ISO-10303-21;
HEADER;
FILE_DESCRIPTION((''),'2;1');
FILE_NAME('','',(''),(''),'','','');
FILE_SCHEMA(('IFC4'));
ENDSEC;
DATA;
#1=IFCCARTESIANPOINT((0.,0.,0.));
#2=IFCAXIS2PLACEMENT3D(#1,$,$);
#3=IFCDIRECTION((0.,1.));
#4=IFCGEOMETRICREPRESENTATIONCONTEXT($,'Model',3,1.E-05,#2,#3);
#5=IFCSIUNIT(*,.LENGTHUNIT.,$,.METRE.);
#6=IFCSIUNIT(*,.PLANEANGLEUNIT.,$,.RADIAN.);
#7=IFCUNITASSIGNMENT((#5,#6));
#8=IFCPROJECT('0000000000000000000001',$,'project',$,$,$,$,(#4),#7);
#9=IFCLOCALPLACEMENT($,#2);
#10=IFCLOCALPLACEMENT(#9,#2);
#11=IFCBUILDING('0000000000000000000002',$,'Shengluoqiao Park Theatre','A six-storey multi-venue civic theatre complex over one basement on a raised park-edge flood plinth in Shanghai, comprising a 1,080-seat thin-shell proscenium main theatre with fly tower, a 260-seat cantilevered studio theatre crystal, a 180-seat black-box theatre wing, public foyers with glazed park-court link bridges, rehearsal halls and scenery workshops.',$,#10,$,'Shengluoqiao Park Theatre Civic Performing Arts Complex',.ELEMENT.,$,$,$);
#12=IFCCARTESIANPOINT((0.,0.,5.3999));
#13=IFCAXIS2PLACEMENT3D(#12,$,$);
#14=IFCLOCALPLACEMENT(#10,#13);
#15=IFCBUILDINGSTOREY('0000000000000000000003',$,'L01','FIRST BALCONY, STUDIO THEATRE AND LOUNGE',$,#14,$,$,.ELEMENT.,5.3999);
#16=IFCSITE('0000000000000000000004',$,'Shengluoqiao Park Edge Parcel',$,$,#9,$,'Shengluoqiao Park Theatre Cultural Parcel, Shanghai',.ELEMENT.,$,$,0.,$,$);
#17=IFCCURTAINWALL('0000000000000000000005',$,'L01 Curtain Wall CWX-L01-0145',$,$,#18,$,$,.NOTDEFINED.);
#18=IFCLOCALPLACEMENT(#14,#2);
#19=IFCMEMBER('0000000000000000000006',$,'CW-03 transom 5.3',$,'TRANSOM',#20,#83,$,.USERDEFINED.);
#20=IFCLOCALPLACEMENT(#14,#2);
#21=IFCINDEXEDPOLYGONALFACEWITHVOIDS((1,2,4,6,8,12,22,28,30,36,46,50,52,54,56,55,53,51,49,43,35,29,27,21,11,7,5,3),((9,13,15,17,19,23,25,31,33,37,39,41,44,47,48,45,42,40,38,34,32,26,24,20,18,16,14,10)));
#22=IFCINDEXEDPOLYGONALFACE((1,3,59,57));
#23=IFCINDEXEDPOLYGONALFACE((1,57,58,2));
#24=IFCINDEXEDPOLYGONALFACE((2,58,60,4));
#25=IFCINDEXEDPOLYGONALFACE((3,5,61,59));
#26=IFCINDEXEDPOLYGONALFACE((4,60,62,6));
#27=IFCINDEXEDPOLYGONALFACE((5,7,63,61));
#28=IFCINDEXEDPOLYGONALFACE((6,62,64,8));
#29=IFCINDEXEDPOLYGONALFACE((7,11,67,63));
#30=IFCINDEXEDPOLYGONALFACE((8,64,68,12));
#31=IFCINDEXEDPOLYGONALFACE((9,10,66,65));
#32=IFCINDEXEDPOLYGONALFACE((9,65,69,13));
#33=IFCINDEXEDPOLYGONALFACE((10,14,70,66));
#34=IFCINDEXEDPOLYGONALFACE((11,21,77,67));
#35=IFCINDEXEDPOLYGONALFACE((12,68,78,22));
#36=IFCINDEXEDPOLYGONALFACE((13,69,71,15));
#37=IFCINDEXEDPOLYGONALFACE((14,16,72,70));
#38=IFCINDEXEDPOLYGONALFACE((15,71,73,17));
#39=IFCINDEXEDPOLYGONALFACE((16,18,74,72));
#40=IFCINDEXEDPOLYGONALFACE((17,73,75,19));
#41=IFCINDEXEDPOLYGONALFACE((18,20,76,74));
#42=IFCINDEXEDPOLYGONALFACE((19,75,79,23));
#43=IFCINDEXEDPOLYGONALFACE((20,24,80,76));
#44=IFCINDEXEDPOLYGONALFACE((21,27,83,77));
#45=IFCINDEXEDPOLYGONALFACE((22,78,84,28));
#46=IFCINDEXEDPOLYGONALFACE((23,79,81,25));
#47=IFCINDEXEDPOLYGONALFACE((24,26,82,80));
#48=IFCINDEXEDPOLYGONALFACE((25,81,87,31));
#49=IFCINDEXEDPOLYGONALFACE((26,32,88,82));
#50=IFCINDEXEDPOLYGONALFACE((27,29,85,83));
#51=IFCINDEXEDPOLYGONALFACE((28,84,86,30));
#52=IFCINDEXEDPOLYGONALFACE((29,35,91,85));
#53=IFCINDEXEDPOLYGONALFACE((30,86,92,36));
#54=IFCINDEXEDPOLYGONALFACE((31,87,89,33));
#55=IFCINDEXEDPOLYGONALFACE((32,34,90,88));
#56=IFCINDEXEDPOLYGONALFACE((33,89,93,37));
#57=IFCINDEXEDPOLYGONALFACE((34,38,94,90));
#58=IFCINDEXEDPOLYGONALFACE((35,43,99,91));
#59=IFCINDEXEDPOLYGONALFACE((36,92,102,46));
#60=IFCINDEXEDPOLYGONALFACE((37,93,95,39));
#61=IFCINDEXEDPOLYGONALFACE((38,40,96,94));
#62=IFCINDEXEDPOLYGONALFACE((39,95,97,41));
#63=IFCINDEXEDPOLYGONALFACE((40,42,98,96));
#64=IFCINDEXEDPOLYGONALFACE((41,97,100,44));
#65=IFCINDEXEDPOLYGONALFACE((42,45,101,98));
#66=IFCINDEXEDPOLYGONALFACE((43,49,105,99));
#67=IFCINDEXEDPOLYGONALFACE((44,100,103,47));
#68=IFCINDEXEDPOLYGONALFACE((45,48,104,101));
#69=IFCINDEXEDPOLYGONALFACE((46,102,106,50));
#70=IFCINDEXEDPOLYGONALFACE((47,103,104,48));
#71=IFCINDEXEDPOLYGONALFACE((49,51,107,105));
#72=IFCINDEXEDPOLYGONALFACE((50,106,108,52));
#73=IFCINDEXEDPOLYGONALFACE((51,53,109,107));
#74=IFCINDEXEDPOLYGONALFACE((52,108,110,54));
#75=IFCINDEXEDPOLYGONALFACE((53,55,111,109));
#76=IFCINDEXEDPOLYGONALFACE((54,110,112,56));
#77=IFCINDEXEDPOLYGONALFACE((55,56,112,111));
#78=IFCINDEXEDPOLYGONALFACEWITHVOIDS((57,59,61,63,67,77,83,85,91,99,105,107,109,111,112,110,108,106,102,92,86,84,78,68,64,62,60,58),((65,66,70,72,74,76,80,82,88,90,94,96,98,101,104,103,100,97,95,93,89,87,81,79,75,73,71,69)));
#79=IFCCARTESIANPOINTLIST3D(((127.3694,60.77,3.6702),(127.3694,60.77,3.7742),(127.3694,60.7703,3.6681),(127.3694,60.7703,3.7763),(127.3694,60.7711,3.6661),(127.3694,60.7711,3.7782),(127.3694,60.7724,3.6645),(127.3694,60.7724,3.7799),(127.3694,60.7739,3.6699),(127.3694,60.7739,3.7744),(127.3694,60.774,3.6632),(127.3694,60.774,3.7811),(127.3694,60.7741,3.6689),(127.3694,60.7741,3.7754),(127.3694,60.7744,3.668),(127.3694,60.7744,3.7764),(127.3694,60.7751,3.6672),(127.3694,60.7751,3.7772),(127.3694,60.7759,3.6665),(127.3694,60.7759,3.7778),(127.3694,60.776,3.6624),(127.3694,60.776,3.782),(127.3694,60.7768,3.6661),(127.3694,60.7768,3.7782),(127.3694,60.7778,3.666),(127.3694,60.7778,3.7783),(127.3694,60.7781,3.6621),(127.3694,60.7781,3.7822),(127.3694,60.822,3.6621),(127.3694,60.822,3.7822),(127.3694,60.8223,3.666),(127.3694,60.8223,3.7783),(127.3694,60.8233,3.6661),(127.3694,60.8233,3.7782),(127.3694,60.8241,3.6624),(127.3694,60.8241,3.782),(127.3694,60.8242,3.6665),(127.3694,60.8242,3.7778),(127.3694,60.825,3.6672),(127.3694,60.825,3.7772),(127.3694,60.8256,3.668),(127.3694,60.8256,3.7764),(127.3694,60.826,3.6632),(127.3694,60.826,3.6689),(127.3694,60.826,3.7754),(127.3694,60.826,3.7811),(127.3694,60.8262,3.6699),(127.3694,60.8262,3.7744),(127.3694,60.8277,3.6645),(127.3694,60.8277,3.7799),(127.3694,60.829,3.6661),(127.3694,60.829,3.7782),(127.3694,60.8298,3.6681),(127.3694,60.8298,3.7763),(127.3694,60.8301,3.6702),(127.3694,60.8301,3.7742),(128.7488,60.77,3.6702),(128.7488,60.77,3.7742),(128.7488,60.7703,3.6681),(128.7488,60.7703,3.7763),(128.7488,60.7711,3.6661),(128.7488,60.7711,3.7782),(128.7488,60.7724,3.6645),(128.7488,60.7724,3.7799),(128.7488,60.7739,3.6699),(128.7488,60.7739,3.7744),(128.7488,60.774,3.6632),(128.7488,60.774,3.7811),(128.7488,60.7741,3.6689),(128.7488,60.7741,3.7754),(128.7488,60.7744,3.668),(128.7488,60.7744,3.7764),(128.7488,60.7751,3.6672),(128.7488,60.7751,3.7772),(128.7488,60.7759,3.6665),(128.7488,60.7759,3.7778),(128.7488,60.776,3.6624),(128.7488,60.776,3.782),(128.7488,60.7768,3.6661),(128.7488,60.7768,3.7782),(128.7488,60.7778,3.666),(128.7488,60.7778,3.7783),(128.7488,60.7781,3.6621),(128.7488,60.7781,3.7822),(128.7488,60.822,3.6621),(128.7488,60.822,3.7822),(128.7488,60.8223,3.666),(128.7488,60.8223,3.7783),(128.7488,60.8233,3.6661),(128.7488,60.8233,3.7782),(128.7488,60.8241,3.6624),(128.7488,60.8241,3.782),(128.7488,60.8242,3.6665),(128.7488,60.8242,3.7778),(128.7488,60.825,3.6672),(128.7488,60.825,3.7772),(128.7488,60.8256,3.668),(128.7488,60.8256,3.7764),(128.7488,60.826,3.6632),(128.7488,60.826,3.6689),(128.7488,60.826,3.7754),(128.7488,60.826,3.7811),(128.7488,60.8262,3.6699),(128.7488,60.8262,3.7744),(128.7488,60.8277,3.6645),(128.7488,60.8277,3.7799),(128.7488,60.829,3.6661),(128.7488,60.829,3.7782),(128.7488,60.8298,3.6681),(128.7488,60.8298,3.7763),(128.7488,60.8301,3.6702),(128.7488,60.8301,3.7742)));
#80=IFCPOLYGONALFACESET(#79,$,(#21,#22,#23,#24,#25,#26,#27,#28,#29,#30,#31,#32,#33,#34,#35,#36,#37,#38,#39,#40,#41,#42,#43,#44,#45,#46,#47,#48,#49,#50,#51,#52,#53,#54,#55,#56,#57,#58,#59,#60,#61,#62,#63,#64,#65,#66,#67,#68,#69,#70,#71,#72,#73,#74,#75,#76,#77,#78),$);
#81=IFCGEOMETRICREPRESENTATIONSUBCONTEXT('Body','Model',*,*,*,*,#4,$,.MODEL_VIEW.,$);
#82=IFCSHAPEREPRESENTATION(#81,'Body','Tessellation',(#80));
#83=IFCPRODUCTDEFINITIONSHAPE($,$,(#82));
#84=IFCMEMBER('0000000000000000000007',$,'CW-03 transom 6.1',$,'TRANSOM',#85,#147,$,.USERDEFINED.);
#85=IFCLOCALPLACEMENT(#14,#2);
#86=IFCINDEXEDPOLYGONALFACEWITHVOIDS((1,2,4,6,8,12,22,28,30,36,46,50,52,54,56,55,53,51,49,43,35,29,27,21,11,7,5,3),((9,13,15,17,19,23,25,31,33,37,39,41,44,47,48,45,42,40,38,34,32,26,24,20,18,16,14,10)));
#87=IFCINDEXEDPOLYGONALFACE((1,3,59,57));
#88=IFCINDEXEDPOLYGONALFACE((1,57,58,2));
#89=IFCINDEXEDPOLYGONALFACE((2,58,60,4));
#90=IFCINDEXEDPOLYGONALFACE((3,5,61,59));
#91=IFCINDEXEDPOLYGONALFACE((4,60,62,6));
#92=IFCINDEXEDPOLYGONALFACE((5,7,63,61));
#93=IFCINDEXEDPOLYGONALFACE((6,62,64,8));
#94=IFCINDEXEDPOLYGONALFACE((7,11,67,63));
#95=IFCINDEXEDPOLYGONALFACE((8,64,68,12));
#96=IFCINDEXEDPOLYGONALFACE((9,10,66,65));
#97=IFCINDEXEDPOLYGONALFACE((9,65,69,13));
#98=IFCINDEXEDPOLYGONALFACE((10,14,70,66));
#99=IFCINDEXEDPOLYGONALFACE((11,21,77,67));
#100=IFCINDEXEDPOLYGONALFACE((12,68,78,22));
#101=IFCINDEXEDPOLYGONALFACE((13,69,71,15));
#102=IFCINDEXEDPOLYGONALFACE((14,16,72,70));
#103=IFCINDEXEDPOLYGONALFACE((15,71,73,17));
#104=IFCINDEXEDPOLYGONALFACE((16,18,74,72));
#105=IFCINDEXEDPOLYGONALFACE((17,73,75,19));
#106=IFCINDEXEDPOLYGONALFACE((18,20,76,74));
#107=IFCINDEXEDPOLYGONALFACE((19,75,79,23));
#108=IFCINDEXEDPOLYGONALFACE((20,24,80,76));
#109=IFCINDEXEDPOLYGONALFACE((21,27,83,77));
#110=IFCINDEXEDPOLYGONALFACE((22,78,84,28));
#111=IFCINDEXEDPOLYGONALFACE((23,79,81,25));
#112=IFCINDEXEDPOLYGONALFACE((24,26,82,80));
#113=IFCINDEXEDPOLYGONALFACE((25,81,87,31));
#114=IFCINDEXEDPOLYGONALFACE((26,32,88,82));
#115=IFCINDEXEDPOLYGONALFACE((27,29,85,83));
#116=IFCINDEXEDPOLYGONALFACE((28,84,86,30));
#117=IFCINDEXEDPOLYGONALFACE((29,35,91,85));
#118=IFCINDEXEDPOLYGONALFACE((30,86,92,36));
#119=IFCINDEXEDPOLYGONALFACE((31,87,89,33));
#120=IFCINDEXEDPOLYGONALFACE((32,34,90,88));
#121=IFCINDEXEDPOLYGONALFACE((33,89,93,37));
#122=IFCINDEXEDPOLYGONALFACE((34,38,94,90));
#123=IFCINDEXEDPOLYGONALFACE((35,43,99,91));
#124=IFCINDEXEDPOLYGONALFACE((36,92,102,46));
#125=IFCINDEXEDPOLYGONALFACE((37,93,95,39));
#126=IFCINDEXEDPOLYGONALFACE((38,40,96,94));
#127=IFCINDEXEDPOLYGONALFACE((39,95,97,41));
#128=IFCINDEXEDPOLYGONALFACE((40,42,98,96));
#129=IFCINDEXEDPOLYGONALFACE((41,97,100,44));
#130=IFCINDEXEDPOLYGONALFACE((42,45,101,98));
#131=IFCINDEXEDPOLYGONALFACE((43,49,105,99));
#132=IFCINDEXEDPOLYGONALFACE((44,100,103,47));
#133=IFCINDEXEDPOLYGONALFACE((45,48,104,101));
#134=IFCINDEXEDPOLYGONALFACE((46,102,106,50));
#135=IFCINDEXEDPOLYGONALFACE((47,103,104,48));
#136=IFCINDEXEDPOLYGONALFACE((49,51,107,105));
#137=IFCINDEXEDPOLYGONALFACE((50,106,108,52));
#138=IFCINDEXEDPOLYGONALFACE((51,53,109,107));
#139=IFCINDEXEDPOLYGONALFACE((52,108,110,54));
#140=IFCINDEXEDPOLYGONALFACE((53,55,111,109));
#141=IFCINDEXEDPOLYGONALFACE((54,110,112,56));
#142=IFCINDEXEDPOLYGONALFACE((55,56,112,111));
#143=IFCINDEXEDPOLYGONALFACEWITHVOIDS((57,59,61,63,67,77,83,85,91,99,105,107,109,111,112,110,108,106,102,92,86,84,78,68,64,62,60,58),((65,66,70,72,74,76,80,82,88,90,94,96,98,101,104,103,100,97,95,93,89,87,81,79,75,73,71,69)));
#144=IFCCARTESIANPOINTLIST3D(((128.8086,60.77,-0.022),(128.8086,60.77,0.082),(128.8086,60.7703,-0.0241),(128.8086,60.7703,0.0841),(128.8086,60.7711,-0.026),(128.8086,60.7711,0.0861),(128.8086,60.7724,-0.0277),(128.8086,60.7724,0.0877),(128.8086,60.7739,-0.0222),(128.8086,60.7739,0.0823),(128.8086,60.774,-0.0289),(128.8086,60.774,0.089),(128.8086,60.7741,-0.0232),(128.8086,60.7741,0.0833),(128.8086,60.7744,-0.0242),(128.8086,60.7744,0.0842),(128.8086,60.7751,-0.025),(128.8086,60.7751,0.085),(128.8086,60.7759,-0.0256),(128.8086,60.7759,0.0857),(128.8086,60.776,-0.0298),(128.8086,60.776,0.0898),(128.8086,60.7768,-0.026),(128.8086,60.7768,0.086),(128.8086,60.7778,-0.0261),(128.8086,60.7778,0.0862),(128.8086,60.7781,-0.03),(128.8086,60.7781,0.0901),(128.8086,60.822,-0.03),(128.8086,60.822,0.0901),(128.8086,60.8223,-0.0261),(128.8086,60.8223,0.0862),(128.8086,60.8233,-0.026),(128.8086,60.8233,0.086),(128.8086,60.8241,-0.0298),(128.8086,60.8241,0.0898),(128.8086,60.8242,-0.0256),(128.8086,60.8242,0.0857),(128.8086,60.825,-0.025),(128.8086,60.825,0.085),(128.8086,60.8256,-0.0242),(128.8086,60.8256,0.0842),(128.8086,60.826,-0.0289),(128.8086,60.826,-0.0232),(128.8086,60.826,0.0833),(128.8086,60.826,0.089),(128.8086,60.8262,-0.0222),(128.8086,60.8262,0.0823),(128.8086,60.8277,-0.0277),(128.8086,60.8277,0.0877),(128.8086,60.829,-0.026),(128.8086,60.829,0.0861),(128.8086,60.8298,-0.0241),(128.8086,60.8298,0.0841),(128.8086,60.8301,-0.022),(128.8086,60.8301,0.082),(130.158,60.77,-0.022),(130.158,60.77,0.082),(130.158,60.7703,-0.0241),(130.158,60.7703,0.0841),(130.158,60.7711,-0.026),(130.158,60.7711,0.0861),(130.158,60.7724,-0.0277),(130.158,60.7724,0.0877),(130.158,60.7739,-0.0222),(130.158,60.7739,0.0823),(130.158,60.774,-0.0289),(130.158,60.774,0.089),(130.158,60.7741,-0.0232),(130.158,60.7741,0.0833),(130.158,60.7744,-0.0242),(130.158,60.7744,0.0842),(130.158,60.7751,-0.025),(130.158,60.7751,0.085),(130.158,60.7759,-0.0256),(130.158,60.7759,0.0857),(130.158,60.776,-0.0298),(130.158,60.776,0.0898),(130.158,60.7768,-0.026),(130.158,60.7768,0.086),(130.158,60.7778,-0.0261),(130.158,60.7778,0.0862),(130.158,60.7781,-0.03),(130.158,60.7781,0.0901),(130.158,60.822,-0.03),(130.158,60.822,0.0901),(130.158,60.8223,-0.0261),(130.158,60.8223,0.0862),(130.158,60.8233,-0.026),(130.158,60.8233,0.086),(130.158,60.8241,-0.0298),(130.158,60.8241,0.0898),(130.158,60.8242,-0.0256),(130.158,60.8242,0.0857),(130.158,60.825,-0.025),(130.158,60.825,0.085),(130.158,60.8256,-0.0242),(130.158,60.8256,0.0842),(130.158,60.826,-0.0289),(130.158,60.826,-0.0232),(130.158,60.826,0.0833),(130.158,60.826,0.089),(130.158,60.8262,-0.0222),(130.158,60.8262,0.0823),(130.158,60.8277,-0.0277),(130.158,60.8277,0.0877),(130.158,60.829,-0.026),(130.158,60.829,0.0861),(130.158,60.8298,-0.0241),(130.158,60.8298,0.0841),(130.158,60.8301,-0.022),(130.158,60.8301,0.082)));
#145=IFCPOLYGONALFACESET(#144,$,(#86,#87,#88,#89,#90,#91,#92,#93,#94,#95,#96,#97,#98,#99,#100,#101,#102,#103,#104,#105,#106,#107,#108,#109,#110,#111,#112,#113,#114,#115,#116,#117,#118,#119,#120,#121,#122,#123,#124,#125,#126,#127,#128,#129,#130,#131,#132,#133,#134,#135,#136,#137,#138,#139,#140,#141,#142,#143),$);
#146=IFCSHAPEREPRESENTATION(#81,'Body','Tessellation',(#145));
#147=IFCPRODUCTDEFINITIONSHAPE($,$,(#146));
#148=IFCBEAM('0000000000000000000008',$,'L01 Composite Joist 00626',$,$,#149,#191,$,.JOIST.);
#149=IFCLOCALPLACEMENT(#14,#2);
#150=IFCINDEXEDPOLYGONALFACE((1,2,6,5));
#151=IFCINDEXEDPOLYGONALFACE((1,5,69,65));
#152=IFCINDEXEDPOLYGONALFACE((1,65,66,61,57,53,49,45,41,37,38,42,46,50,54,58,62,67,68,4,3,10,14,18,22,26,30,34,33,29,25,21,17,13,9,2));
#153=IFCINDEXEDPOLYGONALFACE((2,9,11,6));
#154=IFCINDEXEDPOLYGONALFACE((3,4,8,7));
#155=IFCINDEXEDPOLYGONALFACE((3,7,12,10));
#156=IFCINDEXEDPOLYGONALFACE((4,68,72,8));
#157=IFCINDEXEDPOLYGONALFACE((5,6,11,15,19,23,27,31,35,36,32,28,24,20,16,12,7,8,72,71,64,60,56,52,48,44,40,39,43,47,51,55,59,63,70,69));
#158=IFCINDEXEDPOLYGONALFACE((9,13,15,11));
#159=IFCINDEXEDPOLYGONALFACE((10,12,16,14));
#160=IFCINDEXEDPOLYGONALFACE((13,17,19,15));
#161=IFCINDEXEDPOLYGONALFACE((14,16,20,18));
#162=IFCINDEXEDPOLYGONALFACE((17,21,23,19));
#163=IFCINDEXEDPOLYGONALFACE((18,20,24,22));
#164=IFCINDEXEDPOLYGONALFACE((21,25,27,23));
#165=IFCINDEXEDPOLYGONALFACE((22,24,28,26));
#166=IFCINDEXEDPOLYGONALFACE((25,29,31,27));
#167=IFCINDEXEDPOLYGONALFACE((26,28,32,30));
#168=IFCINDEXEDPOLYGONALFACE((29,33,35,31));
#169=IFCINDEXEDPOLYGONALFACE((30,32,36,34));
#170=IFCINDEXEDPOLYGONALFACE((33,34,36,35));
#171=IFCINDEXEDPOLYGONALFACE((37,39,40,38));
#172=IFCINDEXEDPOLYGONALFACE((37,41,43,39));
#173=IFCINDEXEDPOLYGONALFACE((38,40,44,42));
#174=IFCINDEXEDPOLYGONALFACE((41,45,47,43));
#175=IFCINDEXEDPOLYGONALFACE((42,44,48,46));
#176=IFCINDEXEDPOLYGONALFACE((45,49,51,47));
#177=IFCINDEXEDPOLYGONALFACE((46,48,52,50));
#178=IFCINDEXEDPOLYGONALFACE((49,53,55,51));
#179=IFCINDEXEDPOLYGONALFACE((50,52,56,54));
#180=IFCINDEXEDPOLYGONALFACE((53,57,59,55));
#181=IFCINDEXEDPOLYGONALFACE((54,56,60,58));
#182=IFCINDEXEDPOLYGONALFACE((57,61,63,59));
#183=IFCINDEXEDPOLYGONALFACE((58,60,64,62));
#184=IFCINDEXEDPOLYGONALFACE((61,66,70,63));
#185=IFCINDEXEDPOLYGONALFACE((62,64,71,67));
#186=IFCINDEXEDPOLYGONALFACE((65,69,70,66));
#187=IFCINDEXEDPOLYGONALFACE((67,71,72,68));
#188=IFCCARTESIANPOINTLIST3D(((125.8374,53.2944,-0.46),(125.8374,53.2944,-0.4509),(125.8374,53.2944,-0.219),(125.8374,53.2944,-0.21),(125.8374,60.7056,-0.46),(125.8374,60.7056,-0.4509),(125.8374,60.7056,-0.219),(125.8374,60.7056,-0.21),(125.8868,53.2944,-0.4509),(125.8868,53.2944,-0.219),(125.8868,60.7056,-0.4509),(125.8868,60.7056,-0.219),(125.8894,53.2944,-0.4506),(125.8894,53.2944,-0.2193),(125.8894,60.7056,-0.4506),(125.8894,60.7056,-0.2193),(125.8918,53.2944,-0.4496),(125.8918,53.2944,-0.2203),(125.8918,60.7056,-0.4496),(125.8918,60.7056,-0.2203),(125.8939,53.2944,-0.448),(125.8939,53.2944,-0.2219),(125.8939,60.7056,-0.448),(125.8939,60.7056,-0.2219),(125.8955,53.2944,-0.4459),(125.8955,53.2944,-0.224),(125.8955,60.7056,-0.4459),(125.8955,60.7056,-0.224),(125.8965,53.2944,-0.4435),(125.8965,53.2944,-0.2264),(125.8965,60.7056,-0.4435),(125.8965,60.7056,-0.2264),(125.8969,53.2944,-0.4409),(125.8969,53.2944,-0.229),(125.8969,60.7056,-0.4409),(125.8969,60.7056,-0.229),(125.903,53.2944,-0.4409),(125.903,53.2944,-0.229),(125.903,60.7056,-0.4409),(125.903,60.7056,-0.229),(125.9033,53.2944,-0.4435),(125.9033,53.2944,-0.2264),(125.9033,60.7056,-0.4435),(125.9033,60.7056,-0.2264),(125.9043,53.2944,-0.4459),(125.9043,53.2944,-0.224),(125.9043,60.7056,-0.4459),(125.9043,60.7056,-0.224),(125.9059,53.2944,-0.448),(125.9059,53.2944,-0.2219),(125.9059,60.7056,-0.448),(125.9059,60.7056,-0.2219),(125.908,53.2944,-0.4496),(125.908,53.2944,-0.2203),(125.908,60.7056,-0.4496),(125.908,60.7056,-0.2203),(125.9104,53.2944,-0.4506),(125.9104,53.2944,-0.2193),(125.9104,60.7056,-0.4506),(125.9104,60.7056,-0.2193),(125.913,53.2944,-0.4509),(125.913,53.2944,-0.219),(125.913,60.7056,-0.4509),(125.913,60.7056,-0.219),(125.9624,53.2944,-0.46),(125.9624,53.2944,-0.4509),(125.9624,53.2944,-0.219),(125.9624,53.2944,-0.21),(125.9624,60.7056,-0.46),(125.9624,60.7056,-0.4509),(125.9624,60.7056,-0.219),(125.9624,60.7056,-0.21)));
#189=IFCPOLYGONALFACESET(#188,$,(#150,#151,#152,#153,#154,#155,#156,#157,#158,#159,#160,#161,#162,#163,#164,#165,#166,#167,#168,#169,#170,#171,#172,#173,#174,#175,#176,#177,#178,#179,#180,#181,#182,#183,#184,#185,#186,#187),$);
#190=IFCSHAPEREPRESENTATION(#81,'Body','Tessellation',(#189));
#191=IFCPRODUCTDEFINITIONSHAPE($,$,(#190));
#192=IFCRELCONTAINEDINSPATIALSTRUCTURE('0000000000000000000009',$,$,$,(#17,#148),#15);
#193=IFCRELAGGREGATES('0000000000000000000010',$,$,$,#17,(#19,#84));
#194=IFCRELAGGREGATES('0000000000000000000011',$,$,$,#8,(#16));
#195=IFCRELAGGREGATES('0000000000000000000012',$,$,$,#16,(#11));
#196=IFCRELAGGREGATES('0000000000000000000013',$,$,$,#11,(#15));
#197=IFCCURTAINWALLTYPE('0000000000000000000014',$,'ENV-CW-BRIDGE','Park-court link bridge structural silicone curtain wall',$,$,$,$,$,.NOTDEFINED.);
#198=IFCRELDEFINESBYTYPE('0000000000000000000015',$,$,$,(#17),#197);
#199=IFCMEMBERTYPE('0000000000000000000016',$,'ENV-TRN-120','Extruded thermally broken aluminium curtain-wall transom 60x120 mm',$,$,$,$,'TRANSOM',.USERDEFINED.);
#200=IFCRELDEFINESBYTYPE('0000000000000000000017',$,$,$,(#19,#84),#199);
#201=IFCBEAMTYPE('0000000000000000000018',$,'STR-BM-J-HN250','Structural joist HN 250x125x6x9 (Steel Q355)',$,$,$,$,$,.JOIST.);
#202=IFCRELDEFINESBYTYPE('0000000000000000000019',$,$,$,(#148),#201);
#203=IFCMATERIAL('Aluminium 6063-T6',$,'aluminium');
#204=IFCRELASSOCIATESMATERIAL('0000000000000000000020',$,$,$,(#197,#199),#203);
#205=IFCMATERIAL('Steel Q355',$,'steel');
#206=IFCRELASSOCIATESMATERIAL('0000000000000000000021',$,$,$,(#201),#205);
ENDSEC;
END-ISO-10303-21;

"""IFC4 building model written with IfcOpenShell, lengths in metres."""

from ifc_helpers import new_model, si_unit, direction, frame, origin, origin_2d, place, context, subcontext, project, spatial, hollow_rectangle, i_section, extrude, material, material_profile, profile_set, type_object, element, aggregate, save


model = new_model("IFC4")

# Units and contexts
model_context = context("Model", 3, precision=1e-05, world=origin(), true_north=direction((0.0, 1.0)))
body_context = subcontext(model_context, "Body", "Model", "MODEL_VIEW")
ifc_project = project(units=[si_unit("LENGTHUNIT", "METRE"), si_unit("PLANEANGLEUNIT", "RADIAN")], contexts=[model_context])

# Site, building, storey
site_placement = place(None, origin())
site = spatial("IfcSite", under=ifc_project, at=site_placement, Name="Shengluoqiao Park Edge Parcel", LongName="Shengluoqiao Park Theatre Cultural Parcel, Shanghai", CompositionType="ELEMENT", RefElevation=0.0)
building_placement = place(site_placement, origin())
building = spatial("IfcBuilding", under=site, at=building_placement, Name="Shengluoqiao Park Theatre", Description="A six-storey multi-venue civic theatre complex over one basement on a raised park-edge flood plinth in Shanghai, comprising a 1,080-seat thin-shell proscenium main theatre with fly tower, a 260-seat cantilevered studio theatre crystal, a 180-seat black-box theatre wing, public foyers with glazed park-court link bridges, rehearsal halls and scenery workshops.", LongName="Shengluoqiao Park Theatre Civic Performing Arts Complex", CompositionType="ELEMENT")
storey_placement = place(building_placement, frame((0.0, 0.0, 5.3999)))
storey = spatial("IfcBuildingStorey", under=building, at=storey_placement, Name="L01", Description="FIRST BALCONY, STUDIO THEATRE AND LOUNGE", CompositionType="ELEMENT", Elevation=5.3999)

# Curtain wall, members
ifc_material_1 = material(Name="Aluminium 6063-T6", Category="aluminium")
curtain_wall_type = type_object("IfcCurtainWallType", Name="ENV-CW-BRIDGE", Description="Park-court link bridge structural silicone curtain wall", PredefinedType="NOTDEFINED", material=ifc_material_1)
curtain_wall_placement = place(storey_placement, origin())
curtain_wall = element("IfcCurtainWall", 1, at=curtain_wall_placement, inside=storey, type_object=curtain_wall_type, Name="L01 Curtain Wall CWX-L01-0145", PredefinedType="NOTDEFINED")
ifc_material_profile_1 = material_profile(ifc_material_1, hollow_rectangle(XDim=0.0601, YDim=0.1201, WallThickness=0.0039, InnerFilletRadius=0.0039, OuterFilletRadius=0.0081, at=origin_2d()), Name="ALU TRANSOM 120x60x4")
ifc_profile_set_1 = profile_set([ifc_material_profile_1], Name="Aluminium 6063-T6")
member_type_1 = type_object("IfcMemberType", Name="ENV-TRN-120", Description="Extruded thermally broken aluminium curtain-wall transom 60x120 mm", ElementType="TRANSOM", PredefinedType="USERDEFINED", material=ifc_profile_set_1)
member_1_placement = place(storey_placement, frame((127.3694, 60.8, 3.7222), z_axis=(1.0, 0.0, 0.0), x_axis=(0.0, 1.0, 0.0)))
member_1 = element("IfcMember", 2, at=member_1_placement, type_object=member_type_1, Name="CW-03 transom 5.3", ObjectType="TRANSOM", PredefinedType="USERDEFINED", context=body_context, shape_type="SweptSolid", body=[
    extrude(hollow_rectangle(XDim=0.0601, YDim=0.1201, WallThickness=0.0039, InnerFilletRadius=0.0039, OuterFilletRadius=0.0081, at=origin_2d()), origin(), (0.0, 0.0, 1.0), 1.3794),
])
member_2_placement = place(storey_placement, frame((128.8086, 60.8, 0.03), z_axis=(1.0, 0.0, 0.0), x_axis=(0.0, 1.0, 0.0)))
member_2 = element("IfcMember", 3, at=member_2_placement, type_object=member_type_1, Name="CW-03 transom 6.1", ObjectType="TRANSOM", PredefinedType="USERDEFINED", context=body_context, shape_type="SweptSolid", body=[
    extrude(hollow_rectangle(XDim=0.0601, YDim=0.1201, WallThickness=0.0039, InnerFilletRadius=0.0039, OuterFilletRadius=0.0081, at=origin_2d()), origin(), (0.0, 0.0, 1.0), 1.3494),
])

# Beam
ifc_material_2 = material(Name="Steel Q355", Category="steel")
ifc_material_profile_2 = material_profile(ifc_material_2, i_section(OverallWidth=0.125, OverallDepth=0.25, WebThickness=0.0061, FlangeThickness=0.009, FilletRadius=0.01, at=origin_2d()), Name="HN 250x125x6x9")
ifc_profile_set_2 = profile_set([ifc_material_profile_2], Name="Steel Q355")
beam_type = type_object("IfcBeamType", Name="STR-BM-J-HN250", Description="Structural joist HN 250x125x6x9 (Steel Q355)", PredefinedType="JOIST", material=ifc_profile_set_2)
for number, where, z_axis, x_axis, name in (
    (4, (125.8999, 53.2944, -0.335), (0.0, 1.0, 0.0), (-1.0, 0.0, 0.0), "L01 Composite Joist 00626"),
):
    element("IfcBeam", number, at=place(storey_placement, frame(where, z_axis=z_axis, x_axis=x_axis)), inside=storey, type_object=beam_type, Name=name, PredefinedType="JOIST", context=body_context, shape_type="SweptSolid", body=[
        extrude(i_section(OverallWidth=0.125, OverallDepth=0.25, WebThickness=0.0061, FlangeThickness=0.009, FilletRadius=0.01, at=origin_2d()), origin(), (0.0, 0.0, 1.0), 7.4111),
    ])

aggregate(curtain_wall, [member_1, member_2])

save(model, "model.ifc")
